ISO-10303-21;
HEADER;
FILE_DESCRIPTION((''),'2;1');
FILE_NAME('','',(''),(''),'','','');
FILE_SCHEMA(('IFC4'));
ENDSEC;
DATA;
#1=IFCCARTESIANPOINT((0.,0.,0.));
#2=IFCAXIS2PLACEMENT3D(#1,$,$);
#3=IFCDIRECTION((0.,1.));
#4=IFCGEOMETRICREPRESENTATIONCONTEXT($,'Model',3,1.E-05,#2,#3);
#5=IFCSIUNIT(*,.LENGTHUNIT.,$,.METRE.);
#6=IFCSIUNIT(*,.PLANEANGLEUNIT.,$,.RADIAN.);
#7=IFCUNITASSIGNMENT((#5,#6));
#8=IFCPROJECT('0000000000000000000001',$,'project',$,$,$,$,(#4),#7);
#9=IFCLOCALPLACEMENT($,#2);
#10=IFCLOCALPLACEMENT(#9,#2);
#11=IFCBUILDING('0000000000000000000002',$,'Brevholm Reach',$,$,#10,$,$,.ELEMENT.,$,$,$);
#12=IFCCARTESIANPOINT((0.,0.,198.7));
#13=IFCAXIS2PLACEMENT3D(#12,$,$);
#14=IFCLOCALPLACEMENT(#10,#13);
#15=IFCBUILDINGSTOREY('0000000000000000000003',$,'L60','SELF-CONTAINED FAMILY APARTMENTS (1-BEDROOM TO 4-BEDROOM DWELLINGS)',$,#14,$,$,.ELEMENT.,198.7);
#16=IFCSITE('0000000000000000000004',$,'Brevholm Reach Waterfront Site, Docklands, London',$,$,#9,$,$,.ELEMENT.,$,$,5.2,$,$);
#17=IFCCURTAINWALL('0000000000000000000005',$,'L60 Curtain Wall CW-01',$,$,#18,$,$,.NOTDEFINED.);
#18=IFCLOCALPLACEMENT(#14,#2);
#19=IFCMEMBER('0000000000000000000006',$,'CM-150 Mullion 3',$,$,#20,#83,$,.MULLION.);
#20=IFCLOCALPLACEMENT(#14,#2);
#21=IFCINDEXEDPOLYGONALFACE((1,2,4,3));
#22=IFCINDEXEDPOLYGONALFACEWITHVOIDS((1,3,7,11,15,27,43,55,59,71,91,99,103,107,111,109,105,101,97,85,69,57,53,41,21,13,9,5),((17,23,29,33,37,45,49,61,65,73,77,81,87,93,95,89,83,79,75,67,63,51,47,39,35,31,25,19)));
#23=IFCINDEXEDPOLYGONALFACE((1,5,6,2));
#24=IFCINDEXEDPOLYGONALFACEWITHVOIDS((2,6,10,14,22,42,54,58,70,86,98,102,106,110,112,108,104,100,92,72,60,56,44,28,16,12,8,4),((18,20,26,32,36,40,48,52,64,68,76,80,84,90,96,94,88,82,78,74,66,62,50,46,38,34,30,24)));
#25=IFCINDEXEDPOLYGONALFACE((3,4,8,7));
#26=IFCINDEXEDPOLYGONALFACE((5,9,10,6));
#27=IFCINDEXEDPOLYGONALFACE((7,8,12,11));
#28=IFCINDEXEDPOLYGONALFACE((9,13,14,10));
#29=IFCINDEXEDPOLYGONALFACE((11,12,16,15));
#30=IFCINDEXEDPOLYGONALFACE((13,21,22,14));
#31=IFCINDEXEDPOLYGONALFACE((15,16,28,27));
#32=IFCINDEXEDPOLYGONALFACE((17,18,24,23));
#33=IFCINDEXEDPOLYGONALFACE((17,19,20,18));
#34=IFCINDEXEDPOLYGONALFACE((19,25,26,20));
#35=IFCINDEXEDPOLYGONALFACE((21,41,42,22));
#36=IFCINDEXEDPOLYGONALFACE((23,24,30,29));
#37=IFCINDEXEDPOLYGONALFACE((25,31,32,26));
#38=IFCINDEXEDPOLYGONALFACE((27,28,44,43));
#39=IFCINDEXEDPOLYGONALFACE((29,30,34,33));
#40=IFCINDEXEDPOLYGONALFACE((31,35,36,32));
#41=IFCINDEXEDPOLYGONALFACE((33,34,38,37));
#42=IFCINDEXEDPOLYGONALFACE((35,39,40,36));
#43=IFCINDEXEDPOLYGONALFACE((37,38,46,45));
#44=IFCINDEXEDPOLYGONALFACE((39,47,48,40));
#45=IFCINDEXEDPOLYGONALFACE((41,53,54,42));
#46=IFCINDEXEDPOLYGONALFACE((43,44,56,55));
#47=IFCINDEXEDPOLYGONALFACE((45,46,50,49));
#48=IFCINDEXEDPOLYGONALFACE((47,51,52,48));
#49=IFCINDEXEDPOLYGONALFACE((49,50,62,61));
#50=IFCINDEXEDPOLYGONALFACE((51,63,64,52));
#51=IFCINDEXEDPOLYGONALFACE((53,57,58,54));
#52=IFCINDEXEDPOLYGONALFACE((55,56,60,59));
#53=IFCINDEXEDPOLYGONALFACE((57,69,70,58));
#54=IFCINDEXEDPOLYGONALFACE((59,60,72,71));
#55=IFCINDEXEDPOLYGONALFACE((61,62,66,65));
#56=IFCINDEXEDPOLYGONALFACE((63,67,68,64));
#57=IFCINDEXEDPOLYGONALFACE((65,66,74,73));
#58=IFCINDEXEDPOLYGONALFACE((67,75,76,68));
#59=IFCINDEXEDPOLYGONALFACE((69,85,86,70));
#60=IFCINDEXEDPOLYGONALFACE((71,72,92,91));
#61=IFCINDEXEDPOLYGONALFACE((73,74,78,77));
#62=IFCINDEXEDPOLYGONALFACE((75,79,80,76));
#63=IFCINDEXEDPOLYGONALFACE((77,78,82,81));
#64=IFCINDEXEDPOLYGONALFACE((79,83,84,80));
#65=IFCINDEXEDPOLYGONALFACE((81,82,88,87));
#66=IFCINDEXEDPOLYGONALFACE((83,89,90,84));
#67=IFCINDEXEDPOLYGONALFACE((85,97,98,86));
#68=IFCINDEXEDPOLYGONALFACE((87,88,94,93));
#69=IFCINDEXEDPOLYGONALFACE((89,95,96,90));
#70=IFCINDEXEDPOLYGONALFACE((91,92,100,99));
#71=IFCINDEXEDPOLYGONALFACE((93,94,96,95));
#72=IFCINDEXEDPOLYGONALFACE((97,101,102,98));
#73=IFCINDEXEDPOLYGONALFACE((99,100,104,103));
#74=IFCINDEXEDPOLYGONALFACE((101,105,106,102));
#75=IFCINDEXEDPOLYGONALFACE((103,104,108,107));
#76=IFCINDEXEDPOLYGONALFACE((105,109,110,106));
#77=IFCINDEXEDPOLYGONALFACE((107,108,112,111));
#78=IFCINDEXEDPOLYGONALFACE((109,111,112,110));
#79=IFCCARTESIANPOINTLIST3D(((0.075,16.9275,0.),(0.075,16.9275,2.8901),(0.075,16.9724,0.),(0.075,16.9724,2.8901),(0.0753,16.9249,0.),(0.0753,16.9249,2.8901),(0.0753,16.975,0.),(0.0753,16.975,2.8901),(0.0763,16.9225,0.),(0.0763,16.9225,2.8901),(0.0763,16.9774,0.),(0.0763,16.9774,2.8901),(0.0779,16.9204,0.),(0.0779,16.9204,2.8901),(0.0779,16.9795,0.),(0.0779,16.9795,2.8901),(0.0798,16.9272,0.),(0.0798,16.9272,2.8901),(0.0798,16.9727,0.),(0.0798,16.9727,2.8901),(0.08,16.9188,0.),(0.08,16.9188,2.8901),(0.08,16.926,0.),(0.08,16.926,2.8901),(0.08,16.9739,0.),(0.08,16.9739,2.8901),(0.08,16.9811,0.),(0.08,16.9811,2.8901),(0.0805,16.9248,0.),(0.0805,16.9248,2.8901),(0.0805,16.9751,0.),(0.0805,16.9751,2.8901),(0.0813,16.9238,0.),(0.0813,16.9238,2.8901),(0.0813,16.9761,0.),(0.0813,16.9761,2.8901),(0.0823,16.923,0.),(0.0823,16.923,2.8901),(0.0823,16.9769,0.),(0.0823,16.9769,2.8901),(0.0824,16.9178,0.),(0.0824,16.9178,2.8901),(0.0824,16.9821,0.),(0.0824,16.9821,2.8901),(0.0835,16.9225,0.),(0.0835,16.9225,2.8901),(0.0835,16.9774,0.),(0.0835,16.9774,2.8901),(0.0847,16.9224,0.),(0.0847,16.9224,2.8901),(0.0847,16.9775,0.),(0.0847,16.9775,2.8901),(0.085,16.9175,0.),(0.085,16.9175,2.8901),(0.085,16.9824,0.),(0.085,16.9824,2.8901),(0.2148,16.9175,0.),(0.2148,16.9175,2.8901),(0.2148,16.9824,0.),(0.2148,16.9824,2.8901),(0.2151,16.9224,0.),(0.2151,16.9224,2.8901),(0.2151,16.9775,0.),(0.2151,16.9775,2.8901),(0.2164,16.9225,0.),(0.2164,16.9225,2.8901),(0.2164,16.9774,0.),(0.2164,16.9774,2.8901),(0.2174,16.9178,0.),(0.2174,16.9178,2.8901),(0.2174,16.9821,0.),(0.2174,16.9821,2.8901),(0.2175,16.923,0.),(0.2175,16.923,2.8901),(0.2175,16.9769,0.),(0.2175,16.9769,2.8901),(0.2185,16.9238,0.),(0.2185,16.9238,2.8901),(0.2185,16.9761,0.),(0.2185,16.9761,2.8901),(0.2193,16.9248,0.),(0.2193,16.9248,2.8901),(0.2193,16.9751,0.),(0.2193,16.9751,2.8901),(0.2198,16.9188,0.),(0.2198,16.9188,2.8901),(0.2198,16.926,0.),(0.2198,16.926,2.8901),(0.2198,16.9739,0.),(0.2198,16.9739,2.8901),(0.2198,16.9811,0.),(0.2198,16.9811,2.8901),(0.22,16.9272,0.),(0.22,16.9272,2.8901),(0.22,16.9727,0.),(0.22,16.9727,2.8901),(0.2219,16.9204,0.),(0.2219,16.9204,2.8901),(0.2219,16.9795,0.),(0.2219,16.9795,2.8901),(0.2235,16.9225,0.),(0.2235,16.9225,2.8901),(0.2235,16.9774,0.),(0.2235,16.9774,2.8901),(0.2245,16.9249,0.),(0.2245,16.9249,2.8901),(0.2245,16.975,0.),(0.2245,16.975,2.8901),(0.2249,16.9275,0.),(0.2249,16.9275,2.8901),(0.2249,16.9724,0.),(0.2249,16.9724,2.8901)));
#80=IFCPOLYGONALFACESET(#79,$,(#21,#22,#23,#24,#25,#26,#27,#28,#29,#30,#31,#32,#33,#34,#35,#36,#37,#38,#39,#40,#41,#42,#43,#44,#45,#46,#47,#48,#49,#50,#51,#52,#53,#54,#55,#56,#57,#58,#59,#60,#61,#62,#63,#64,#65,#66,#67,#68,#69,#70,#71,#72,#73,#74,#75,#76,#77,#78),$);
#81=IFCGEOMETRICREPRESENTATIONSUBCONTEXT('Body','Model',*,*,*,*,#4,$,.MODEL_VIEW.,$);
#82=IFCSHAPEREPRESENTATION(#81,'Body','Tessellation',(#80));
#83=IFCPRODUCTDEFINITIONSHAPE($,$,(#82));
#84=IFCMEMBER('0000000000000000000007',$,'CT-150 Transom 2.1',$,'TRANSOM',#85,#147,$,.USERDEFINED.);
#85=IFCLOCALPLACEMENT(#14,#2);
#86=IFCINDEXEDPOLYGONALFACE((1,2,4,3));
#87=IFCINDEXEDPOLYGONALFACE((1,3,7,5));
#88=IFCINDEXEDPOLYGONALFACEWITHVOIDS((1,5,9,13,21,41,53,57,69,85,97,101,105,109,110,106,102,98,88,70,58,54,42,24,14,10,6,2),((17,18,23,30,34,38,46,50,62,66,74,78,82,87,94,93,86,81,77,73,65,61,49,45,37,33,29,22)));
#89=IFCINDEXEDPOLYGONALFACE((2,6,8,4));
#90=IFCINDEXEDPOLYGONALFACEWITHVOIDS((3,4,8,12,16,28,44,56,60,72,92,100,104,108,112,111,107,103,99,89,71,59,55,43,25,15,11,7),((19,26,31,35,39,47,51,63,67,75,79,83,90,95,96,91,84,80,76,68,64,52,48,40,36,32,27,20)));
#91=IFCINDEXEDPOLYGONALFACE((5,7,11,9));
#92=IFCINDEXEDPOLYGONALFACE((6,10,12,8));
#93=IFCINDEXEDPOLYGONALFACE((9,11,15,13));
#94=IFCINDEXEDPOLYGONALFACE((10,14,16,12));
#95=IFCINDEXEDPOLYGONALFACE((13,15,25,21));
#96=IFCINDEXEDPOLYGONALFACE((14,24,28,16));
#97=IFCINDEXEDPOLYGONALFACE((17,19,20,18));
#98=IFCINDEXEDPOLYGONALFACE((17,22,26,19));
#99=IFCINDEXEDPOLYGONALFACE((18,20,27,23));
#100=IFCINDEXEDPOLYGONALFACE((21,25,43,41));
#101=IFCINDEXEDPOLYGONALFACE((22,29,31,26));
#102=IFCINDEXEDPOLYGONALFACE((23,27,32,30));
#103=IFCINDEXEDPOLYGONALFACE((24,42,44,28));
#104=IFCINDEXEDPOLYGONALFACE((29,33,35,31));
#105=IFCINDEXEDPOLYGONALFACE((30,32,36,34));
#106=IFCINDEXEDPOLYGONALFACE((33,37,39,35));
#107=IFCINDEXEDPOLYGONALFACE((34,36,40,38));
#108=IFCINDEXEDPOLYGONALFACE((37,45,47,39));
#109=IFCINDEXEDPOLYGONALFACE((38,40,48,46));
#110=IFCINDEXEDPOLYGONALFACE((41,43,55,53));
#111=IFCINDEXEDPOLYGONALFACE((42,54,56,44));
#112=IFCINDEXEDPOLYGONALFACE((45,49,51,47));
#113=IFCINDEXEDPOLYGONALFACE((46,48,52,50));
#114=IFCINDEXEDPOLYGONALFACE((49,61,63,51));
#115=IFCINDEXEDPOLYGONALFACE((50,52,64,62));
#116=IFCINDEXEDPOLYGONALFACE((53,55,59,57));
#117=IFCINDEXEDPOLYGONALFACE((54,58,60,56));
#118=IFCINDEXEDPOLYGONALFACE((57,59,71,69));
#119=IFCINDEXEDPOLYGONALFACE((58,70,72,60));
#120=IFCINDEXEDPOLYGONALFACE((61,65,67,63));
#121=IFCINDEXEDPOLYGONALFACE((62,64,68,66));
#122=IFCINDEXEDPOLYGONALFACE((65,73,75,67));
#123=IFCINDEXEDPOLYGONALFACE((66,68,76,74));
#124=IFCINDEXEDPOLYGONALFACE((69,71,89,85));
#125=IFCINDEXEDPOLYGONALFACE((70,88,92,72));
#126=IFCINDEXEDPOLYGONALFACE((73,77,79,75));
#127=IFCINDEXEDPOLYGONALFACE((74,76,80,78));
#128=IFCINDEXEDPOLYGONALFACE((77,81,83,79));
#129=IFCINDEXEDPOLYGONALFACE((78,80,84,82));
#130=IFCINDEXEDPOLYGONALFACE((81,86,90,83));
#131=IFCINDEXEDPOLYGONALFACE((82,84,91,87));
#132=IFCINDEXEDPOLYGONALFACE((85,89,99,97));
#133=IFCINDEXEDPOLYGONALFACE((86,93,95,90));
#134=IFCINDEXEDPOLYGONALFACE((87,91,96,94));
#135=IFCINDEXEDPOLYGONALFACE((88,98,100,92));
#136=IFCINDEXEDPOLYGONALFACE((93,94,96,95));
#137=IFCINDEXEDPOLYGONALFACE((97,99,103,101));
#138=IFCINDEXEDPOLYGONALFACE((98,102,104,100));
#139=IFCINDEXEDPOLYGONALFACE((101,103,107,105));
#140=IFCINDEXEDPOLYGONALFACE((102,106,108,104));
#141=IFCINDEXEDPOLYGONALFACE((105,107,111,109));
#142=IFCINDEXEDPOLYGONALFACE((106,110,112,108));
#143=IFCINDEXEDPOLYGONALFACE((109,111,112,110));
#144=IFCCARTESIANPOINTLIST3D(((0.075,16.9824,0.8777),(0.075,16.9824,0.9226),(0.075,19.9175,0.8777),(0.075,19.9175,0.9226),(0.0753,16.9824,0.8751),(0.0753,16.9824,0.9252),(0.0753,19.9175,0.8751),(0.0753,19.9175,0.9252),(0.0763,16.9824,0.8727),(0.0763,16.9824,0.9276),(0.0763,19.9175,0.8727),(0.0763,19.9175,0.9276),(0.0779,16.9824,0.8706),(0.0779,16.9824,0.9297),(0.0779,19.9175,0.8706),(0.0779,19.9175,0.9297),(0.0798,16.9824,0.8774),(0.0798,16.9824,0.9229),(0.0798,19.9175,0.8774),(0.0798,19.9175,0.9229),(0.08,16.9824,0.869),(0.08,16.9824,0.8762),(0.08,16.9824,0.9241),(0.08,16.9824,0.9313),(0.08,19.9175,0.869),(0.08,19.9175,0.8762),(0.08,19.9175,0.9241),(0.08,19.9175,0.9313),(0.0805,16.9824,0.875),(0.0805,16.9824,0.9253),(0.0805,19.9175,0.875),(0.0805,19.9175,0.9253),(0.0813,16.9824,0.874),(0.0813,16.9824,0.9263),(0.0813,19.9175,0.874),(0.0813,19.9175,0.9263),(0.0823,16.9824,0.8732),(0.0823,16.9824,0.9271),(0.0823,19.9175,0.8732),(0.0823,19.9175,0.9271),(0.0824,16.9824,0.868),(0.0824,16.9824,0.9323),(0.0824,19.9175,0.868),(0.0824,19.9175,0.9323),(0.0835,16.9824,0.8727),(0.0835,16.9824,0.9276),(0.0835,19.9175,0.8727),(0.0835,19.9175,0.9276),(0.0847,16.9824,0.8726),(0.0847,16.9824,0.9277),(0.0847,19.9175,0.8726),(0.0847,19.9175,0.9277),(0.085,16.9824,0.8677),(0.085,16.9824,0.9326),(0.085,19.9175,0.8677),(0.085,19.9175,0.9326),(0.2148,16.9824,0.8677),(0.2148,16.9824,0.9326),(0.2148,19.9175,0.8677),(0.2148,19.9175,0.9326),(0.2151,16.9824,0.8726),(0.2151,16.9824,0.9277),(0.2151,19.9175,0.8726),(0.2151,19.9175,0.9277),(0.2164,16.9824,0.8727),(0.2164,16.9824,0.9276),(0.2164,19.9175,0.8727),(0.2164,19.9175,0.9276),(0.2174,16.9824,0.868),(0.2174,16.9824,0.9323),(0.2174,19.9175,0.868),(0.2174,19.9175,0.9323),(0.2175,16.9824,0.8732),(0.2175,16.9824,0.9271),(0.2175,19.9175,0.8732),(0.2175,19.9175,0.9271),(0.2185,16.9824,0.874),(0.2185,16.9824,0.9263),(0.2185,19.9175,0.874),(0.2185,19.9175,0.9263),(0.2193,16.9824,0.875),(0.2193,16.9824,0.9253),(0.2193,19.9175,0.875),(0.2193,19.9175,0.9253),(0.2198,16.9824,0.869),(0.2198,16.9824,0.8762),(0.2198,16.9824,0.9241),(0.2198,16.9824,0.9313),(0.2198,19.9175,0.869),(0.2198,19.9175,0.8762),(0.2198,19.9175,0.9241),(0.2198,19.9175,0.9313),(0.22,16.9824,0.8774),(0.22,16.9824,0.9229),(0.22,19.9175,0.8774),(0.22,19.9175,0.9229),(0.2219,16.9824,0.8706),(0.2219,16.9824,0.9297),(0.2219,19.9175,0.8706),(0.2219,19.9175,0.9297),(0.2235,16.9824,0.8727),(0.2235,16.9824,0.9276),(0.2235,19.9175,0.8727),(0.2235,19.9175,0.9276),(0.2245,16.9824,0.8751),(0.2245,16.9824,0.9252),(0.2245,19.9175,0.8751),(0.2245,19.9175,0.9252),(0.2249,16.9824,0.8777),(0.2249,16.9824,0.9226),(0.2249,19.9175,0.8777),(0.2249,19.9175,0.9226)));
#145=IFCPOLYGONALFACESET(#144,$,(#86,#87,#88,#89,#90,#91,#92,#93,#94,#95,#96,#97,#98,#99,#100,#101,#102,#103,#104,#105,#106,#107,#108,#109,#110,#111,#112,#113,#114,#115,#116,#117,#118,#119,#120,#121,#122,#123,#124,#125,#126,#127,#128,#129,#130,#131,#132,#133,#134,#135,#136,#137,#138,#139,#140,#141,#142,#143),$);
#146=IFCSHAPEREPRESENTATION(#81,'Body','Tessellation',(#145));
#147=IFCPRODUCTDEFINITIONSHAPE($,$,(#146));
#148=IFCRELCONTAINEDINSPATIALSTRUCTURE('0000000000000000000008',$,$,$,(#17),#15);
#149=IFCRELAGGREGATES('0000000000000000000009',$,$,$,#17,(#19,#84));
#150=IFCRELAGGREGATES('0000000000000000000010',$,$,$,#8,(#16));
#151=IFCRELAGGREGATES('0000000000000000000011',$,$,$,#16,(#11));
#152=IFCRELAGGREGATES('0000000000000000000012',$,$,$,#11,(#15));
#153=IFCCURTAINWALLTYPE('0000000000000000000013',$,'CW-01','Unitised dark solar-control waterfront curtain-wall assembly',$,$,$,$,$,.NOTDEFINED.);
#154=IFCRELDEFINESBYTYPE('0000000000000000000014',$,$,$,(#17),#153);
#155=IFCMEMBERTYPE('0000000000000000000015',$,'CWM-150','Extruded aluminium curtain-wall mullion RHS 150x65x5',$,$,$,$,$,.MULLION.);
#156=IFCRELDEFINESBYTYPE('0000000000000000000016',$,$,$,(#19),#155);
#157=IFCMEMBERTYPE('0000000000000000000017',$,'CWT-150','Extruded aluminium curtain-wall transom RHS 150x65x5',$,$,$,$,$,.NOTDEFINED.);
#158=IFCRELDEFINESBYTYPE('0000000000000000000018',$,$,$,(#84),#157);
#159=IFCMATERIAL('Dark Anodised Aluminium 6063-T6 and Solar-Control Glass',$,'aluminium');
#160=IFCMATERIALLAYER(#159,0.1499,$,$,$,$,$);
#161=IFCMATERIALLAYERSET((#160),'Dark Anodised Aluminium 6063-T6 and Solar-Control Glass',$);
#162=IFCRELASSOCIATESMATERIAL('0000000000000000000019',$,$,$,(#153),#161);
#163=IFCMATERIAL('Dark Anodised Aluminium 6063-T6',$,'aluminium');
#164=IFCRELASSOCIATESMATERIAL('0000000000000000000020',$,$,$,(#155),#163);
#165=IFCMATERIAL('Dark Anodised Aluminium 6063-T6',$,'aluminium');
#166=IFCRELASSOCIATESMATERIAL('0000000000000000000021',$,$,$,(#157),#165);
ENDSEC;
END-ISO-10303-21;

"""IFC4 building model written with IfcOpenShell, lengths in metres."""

from ifc_helpers import new_model, si_unit, direction, frame, origin, origin_2d, place, context, subcontext, project, spatial, hollow_rectangle, extrude, material, layer, layer_set, material_profile, profile_set, type_object, element, aggregate, save


model = new_model("IFC4")

# Units and contexts
model_context = context("Model", 3, precision=1e-05, world=origin(), true_north=direction((0.0, 1.0)))
body_context = subcontext(model_context, "Body", "Model", "MODEL_VIEW")
ifc_project = project(units=[si_unit("LENGTHUNIT", "METRE"), si_unit("PLANEANGLEUNIT", "RADIAN")], contexts=[model_context])

# Site, building, storey
site_placement = place(None, origin())
site = spatial("IfcSite", under=ifc_project, at=site_placement, Name="Brevholm Reach Waterfront Site, Docklands, London", CompositionType="ELEMENT", RefElevation=5.2)
building_placement = place(site_placement, origin())
building = spatial("IfcBuilding", under=site, at=building_placement, Name="Brevholm Reach", CompositionType="ELEMENT")
storey_placement = place(building_placement, frame((0.0, 0.0, 198.7)))
storey = spatial("IfcBuildingStorey", under=building, at=storey_placement, Name="L60", Description="SELF-CONTAINED FAMILY APARTMENTS (1-BEDROOM TO 4-BEDROOM DWELLINGS)", CompositionType="ELEMENT", Elevation=198.7)

# Curtain wall, members
ifc_material_1 = material(Name="Dark Anodised Aluminium 6063-T6 and Solar-Control Glass", Category="aluminium")
ifc_layer_1 = layer(ifc_material_1, 0.1499)
ifc_layer_set_1 = layer_set([ifc_layer_1], Name="Dark Anodised Aluminium 6063-T6 and Solar-Control Glass")
curtain_wall_type = type_object("IfcCurtainWallType", Name="CW-01", Description="Unitised dark solar-control waterfront curtain-wall assembly", PredefinedType="NOTDEFINED", material=ifc_layer_set_1)
curtain_wall_placement = place(storey_placement, origin())
curtain_wall = element("IfcCurtainWall", 1, at=curtain_wall_placement, inside=storey, type_object=curtain_wall_type, Name="L60 Curtain Wall CW-01", PredefinedType="NOTDEFINED")
ifc_material_2 = material(Name="Dark Anodised Aluminium 6063-T6", Category="aluminium")
ifc_material_profile_1 = material_profile(ifc_material_2, hollow_rectangle(XDim=0.0649, YDim=0.1499, WallThickness=0.0049, InnerFilletRadius=0.0049, OuterFilletRadius=0.01, at=origin_2d()), Name="RHS 150x65x5")
ifc_profile_set_1 = profile_set([ifc_material_profile_1], Name="Dark Anodised Aluminium 6063-T6")
member_type_1 = type_object("IfcMemberType", Name="CWM-150", Description="Extruded aluminium curtain-wall mullion RHS 150x65x5", PredefinedType="MULLION", material=ifc_profile_set_1)
member_1_placement = place(storey_placement, frame((0.1499, 16.95, 0.0), z_axis=(0.0, 0.0, 1.0), x_axis=(0.0, -1.0, 0.0)))
member_1 = element("IfcMember", 2, at=member_1_placement, type_object=member_type_1, Name="CM-150 Mullion 3", PredefinedType="MULLION", context=body_context, shape_type="SweptSolid", body=[
    extrude(hollow_rectangle(XDim=0.0649, YDim=0.1499, WallThickness=0.0049, InnerFilletRadius=0.0049, OuterFilletRadius=0.01, at=origin_2d()), origin(), (0.0, 0.0, 1.0), 2.8901),
])
ifc_material_3 = material(Name="Dark Anodised Aluminium 6063-T6", Category="aluminium")
ifc_material_profile_2 = material_profile(ifc_material_3, hollow_rectangle(XDim=0.0649, YDim=0.1499, WallThickness=0.0049, InnerFilletRadius=0.0049, OuterFilletRadius=0.01, at=origin_2d()), Name="RHS 150x65x5")
ifc_profile_set_2 = profile_set([ifc_material_profile_2], Name="Dark Anodised Aluminium 6063-T6")
member_type_2 = type_object("IfcMemberType", Name="CWT-150", Description="Extruded aluminium curtain-wall transom RHS 150x65x5", PredefinedType="NOTDEFINED", material=ifc_profile_set_2)
member_2_placement = place(storey_placement, frame((0.1499, 19.9175, 0.9001), z_axis=(0.0, -1.0, 0.0), x_axis=(0.0, 0.0, 1.0)))
member_2 = element("IfcMember", 3, at=member_2_placement, type_object=member_type_2, Name="CT-150 Transom 2.1", ObjectType="TRANSOM", PredefinedType="USERDEFINED", context=body_context, shape_type="SweptSolid", body=[
    extrude(hollow_rectangle(XDim=0.0649, YDim=0.1499, WallThickness=0.0049, InnerFilletRadius=0.0049, OuterFilletRadius=0.01, at=origin_2d()), origin(), (0.0, 0.0, 1.0), 2.9351),
])
aggregate(curtain_wall, [member_1, member_2])

save(model, "model.ifc")
